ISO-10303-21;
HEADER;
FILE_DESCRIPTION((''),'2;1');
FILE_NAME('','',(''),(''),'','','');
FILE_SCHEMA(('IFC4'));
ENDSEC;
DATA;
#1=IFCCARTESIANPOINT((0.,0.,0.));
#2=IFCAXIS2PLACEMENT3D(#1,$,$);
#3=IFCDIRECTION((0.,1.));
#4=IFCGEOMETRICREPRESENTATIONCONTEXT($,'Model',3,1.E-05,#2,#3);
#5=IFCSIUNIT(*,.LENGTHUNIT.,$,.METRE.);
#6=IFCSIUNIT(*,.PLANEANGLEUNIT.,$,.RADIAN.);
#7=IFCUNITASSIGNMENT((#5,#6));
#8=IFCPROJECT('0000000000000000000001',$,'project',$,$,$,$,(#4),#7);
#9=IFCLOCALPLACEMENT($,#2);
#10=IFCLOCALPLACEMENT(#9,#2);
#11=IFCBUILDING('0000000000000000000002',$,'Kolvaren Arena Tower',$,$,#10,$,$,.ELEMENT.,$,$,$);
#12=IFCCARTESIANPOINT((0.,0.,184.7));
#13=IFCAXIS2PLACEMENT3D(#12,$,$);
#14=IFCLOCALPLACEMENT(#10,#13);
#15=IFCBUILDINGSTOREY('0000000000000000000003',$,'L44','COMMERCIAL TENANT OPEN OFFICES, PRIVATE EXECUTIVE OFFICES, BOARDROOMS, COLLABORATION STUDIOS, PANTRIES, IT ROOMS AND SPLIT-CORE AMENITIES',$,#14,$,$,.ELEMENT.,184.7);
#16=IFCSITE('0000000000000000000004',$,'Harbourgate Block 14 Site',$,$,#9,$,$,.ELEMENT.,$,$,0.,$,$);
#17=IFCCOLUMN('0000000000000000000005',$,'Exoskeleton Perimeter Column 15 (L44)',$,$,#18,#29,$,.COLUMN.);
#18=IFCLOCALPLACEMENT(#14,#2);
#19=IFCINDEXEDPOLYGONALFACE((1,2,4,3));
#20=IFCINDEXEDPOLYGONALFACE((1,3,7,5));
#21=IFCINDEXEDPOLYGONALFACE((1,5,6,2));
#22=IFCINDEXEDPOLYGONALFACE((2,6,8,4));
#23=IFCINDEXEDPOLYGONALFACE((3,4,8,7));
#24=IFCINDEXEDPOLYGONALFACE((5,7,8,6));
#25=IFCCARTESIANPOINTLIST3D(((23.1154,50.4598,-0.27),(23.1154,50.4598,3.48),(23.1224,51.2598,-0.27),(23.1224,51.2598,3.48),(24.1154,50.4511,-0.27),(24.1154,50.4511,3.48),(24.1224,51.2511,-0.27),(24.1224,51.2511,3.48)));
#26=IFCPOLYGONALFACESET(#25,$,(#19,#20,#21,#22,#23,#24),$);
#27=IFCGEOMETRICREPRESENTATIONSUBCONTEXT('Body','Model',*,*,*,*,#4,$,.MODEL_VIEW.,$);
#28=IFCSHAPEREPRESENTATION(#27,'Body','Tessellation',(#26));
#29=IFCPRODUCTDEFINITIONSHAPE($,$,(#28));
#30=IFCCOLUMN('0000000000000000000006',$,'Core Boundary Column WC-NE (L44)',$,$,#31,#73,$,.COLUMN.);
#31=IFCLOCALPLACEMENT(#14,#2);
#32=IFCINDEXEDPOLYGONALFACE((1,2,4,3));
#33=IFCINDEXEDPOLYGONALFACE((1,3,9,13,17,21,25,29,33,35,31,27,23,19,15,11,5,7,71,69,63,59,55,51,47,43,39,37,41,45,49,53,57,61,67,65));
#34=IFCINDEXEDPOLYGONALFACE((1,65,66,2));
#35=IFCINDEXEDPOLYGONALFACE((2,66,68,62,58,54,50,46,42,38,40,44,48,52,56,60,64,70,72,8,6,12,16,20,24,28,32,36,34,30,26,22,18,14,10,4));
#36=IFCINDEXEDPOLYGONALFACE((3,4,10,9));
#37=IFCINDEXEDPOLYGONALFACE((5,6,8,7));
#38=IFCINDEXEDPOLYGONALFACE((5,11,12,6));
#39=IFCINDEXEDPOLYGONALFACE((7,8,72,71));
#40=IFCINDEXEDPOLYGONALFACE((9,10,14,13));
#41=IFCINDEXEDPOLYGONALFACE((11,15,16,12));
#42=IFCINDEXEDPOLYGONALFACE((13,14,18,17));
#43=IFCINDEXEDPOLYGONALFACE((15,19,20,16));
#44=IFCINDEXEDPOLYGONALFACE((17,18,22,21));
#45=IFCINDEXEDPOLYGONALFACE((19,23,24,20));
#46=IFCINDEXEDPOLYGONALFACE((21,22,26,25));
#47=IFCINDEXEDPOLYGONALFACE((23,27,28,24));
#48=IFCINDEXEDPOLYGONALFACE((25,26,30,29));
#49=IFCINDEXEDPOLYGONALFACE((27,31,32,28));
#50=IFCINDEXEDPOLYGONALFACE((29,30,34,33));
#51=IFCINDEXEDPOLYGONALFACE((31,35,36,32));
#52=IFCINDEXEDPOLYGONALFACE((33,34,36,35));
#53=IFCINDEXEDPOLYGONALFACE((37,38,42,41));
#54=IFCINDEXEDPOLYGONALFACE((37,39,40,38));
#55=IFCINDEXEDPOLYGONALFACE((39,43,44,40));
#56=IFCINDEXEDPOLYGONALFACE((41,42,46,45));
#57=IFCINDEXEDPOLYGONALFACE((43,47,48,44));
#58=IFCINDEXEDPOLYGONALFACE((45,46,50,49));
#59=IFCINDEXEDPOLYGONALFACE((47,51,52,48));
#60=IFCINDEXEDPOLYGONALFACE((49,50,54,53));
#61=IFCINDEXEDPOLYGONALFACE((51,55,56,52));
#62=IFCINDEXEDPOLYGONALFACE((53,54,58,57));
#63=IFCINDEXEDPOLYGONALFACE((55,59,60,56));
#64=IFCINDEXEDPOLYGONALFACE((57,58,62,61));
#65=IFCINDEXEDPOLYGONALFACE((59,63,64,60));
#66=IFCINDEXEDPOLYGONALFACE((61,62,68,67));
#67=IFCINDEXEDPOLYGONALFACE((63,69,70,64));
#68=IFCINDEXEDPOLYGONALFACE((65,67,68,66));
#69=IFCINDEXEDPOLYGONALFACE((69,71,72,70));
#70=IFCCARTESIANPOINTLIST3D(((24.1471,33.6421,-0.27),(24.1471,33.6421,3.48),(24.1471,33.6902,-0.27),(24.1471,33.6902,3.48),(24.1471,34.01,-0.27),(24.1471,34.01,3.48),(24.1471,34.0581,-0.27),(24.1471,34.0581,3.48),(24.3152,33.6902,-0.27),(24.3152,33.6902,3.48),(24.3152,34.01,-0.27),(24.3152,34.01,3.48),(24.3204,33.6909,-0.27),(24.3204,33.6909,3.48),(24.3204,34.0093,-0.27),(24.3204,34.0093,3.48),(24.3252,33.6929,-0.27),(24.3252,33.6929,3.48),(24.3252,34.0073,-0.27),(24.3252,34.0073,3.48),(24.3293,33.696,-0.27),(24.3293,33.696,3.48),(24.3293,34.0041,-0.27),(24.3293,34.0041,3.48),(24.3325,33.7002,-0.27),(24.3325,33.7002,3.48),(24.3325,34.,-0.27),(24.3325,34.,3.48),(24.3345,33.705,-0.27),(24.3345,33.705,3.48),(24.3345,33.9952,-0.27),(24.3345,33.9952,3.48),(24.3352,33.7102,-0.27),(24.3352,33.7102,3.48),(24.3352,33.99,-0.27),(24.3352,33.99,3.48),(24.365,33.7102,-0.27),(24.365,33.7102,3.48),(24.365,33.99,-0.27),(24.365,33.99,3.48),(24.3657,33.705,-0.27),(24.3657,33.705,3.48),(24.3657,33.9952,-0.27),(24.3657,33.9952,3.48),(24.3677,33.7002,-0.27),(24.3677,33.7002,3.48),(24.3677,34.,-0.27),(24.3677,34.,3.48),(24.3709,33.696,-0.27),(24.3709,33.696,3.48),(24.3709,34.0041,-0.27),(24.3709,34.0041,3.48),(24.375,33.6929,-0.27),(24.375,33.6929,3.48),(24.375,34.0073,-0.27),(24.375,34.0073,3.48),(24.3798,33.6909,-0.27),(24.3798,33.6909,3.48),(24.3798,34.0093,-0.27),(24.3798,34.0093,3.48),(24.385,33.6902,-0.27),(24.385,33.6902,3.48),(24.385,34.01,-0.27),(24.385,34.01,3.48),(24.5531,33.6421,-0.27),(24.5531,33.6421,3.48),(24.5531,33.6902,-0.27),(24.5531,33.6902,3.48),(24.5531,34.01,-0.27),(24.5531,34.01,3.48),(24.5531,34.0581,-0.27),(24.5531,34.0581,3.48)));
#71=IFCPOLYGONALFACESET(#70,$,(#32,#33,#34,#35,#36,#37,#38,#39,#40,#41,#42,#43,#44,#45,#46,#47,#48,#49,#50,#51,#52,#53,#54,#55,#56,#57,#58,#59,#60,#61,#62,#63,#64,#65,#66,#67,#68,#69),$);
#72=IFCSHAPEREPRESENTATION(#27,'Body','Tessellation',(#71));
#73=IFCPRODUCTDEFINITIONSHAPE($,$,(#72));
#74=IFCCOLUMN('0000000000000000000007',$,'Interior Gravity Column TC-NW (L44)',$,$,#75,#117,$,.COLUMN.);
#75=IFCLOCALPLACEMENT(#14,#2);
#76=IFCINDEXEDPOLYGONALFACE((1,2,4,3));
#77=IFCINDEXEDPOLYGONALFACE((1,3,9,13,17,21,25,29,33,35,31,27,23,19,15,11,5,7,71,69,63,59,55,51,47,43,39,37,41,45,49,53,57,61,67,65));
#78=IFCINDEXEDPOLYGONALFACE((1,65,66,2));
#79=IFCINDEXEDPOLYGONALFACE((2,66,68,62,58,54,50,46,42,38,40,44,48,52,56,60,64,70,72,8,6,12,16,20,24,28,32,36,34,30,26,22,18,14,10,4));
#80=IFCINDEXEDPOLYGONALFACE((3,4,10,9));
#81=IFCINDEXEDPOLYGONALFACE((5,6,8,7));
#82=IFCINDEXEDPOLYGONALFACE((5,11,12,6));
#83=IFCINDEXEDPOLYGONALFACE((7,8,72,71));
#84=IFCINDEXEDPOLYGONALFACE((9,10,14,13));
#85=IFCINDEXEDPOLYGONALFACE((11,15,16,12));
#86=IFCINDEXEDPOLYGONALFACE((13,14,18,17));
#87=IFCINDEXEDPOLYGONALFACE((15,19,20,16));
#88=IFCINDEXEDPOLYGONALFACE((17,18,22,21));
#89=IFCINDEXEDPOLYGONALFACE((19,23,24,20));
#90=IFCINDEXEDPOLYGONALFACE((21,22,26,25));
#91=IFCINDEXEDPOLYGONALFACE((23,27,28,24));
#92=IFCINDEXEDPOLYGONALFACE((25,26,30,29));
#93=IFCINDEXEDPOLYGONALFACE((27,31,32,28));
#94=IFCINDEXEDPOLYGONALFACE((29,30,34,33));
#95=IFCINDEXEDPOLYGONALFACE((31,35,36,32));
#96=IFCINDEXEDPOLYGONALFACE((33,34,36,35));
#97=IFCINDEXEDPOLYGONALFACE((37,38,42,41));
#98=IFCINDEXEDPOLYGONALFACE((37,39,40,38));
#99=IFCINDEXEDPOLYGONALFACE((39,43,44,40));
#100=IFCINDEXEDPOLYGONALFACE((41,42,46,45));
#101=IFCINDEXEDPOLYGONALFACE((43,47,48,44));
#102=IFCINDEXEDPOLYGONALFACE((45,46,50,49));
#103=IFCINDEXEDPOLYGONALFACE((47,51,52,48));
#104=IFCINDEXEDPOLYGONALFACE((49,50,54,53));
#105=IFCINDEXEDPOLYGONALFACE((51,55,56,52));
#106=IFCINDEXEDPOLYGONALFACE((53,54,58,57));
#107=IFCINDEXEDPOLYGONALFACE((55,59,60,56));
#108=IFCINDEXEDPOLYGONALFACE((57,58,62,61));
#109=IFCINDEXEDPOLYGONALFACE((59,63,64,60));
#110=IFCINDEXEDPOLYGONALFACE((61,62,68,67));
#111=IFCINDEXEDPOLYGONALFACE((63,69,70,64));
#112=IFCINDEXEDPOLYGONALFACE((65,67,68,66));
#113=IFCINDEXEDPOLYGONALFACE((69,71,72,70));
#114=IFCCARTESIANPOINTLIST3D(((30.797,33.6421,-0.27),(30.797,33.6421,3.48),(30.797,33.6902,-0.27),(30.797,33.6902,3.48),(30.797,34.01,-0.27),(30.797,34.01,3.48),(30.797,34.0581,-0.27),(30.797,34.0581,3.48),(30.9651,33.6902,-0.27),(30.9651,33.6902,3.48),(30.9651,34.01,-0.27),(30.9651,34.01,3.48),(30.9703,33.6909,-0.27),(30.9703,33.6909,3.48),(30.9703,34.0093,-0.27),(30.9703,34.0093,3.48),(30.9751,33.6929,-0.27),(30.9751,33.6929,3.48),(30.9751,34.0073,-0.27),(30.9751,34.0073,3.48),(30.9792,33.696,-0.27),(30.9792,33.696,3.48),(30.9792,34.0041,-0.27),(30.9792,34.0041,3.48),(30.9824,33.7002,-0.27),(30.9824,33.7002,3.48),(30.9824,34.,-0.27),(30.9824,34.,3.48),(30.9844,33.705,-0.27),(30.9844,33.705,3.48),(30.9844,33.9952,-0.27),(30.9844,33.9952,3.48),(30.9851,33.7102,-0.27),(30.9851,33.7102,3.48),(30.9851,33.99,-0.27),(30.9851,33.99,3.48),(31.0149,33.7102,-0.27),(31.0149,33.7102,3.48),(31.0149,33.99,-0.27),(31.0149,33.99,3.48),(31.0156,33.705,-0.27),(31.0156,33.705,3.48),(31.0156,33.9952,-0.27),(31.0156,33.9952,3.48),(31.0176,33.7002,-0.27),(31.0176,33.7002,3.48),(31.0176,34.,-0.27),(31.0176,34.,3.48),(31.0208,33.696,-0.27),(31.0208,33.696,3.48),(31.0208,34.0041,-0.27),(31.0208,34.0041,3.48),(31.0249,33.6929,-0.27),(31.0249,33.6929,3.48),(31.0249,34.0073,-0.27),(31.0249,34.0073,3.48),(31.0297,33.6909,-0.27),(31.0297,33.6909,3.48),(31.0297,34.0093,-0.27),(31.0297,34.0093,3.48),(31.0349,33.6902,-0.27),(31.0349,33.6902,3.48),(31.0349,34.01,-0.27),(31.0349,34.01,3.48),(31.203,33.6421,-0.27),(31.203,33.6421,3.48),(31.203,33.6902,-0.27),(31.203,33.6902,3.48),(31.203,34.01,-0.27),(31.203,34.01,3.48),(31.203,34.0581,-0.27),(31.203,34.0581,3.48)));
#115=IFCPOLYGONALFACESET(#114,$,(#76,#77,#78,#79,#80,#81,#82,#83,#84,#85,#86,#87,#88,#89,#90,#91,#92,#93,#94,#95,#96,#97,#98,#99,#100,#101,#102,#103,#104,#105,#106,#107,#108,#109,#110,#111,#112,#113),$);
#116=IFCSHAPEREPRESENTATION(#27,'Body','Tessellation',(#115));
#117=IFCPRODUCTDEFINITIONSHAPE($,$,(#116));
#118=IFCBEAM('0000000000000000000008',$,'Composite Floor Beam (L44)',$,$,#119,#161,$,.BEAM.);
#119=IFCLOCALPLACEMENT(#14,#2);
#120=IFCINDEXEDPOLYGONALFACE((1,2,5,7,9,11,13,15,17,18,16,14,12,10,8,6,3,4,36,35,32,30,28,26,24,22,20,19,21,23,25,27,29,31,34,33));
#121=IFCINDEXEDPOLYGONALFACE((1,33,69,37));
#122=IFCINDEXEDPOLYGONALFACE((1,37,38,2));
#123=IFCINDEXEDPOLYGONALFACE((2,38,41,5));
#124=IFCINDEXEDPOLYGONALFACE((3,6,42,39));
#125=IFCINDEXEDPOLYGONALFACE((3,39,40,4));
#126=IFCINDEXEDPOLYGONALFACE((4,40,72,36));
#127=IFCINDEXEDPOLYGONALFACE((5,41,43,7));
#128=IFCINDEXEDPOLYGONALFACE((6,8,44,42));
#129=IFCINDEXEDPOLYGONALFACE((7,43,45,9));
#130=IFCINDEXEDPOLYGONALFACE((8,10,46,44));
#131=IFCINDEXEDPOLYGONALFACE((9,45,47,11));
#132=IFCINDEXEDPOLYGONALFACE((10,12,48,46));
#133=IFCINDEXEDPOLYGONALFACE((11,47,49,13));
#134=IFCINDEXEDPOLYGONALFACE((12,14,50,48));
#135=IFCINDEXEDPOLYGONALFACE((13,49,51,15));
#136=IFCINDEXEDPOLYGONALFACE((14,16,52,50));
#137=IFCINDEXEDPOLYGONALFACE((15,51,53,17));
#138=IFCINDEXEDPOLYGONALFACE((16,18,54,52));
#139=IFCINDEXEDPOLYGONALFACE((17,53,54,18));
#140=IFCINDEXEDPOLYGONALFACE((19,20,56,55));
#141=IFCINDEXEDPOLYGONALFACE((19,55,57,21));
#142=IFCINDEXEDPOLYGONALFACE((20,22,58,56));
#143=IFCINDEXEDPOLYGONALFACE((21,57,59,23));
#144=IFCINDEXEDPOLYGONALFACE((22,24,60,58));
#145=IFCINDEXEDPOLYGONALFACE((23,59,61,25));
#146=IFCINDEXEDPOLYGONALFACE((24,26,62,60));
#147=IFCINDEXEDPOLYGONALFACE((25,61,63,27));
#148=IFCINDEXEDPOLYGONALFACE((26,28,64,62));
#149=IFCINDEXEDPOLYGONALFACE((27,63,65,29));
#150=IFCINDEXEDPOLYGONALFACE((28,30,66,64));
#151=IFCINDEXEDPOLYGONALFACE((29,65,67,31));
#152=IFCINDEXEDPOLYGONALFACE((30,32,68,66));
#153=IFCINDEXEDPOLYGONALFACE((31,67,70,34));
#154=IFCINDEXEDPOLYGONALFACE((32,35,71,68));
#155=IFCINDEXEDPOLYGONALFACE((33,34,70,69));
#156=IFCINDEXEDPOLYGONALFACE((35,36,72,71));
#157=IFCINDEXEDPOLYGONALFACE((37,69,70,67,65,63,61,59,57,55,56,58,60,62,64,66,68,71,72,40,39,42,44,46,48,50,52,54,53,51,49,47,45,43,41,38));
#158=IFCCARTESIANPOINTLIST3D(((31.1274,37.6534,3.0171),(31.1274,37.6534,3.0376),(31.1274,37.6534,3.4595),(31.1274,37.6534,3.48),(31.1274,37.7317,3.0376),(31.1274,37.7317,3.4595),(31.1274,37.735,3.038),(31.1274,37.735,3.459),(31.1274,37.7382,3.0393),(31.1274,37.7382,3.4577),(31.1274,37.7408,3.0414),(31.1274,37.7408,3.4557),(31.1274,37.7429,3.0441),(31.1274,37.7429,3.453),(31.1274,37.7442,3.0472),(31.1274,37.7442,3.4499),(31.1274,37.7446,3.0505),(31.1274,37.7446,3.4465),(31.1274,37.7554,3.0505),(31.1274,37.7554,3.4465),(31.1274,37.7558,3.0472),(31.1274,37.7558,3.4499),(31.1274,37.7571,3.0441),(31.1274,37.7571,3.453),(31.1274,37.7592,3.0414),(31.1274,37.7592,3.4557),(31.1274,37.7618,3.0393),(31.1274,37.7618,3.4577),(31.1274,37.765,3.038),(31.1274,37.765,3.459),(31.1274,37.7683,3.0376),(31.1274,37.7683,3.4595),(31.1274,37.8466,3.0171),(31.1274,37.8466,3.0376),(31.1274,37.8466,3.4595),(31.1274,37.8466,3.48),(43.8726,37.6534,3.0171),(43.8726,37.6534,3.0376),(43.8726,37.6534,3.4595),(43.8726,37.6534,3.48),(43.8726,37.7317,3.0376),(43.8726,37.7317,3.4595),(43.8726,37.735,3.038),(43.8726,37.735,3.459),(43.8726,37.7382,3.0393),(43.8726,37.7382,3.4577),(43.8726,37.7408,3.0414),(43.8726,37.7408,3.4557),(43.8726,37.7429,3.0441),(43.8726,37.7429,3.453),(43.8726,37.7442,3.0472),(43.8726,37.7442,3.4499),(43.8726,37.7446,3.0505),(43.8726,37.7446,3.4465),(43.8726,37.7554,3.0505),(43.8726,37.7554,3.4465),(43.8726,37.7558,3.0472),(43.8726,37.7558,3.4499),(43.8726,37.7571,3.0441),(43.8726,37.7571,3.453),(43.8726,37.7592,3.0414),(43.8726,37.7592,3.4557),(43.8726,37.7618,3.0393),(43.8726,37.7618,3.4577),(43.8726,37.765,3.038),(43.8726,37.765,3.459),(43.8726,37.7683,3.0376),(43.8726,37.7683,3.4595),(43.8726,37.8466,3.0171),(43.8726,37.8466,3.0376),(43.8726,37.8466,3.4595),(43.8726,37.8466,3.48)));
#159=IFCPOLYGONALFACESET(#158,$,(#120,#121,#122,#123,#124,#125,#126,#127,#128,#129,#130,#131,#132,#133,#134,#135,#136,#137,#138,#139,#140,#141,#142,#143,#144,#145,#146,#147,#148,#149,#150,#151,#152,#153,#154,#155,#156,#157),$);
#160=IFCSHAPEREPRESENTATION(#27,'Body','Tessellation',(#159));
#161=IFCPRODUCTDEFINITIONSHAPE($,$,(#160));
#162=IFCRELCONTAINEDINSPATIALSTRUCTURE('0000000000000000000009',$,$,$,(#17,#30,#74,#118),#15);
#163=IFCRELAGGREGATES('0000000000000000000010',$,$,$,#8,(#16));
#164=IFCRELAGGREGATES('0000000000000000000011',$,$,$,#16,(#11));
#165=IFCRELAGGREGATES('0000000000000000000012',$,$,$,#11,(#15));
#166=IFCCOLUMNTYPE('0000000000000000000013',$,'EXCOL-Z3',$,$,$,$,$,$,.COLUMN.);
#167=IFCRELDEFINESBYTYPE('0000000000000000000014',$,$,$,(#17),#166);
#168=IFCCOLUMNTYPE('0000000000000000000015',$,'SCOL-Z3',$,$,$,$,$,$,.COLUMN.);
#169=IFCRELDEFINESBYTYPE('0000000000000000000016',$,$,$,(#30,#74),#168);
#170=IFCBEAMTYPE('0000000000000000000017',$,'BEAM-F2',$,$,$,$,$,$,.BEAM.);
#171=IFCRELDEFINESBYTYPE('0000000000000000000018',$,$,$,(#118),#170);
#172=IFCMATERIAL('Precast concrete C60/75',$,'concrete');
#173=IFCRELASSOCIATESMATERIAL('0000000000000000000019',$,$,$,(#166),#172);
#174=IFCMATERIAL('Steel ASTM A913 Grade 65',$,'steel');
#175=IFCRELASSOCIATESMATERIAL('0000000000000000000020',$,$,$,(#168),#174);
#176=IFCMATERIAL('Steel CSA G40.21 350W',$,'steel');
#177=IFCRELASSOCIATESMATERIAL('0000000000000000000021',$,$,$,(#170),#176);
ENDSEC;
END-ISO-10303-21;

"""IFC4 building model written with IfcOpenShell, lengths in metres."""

from ifc_helpers import new_model, si_unit, direction, frame, origin, origin_2d, place, context, subcontext, project, spatial, rectangle, i_section, extrude, material, material_profile, profile_set, type_object, element, save


model = new_model("IFC4")

# Units and contexts
model_context = context("Model", 3, precision=1e-05, world=origin(), true_north=direction((0.0, 1.0)))
body_context = subcontext(model_context, "Body", "Model", "MODEL_VIEW")
ifc_project = project(units=[si_unit("LENGTHUNIT", "METRE"), si_unit("PLANEANGLEUNIT", "RADIAN")], contexts=[model_context])

# Site, building, storey
site_placement = place(None, origin())
site = spatial("IfcSite", under=ifc_project, at=site_placement, Name="Harbourgate Block 14 Site", CompositionType="ELEMENT", RefElevation=0.0)
building_placement = place(site_placement, origin())
building = spatial("IfcBuilding", under=site, at=building_placement, Name="Kolvaren Arena Tower", CompositionType="ELEMENT")
storey_placement = place(building_placement, frame((0.0, 0.0, 184.7)))
storey = spatial("IfcBuildingStorey", under=building, at=storey_placement, Name="L44", Description="COMMERCIAL TENANT OPEN OFFICES, PRIVATE EXECUTIVE OFFICES, BOARDROOMS, COLLABORATION STUDIOS, PANTRIES, IT ROOMS AND SPLIT-CORE AMENITIES", CompositionType="ELEMENT", Elevation=184.7)

# Columns
ifc_material_1 = material(Name="Precast concrete C60/75", Category="concrete")
ifc_material_profile_1 = material_profile(ifc_material_1, rectangle(XDim=1.0, YDim=0.8, at=origin_2d()), Name="RC-1000x800")
ifc_profile_set_1 = profile_set([ifc_material_profile_1], Name="Precast concrete C60/75")
column_type_1 = type_object("IfcColumnType", Name="EXCOL-Z3", PredefinedType="COLUMN", material=ifc_profile_set_1)
column_placement = place(storey_placement, frame((23.6189, 50.8555, -0.27), z_axis=(0.0, 0.0, 1.0), x_axis=(0.999962, -0.008727, 0.0)))
element("IfcColumn", 1, at=column_placement, inside=storey, type_object=column_type_1, Name="Exoskeleton Perimeter Column 15 (L44)", PredefinedType="COLUMN", context=body_context, shape_type="SweptSolid", body=[
    extrude(rectangle(XDim=1.0, YDim=0.8, at=origin_2d()), origin(), (0.0, 0.0, 1.0), 3.75),
])
ifc_material_2 = material(Name="Steel ASTM A913 Grade 65", Category="steel")
ifc_material_profile_2 = material_profile(ifc_material_2, i_section(OverallWidth=0.406, OverallDepth=0.416, WebThickness=0.0298, FlangeThickness=0.0481, FilletRadius=0.02, at=origin_2d()), Name="W360x382")
ifc_profile_set_2 = profile_set([ifc_material_profile_2], Name="Steel ASTM A913 Grade 65")
column_type_2 = type_object("IfcColumnType", Name="SCOL-Z3", PredefinedType="COLUMN", material=ifc_profile_set_2)
for number, where, z_axis, x_axis, name in (
    (2, (24.3501, 33.8501, -0.27), (0.0, 0.0, 1.0), (1.0, 0.0, 0.0), "Core Boundary Column WC-NE (L44)"),
    (3, (31.0, 33.8501, -0.27), (0.0, 0.0, 1.0), (1.0, 0.0, 0.0), "Interior Gravity Column TC-NW (L44)"),
):
    element("IfcColumn", number, at=place(storey_placement, frame(where, z_axis=z_axis, x_axis=x_axis)), inside=storey, type_object=column_type_2, Name=name, PredefinedType="COLUMN", context=body_context, shape_type="SweptSolid", body=[
        extrude(i_section(OverallWidth=0.406, OverallDepth=0.416, WebThickness=0.0298, FlangeThickness=0.0481, FilletRadius=0.02, at=origin_2d()), origin(), (0.0, 0.0, 1.0), 3.75),
    ])

# Beam
ifc_material_3 = material(Name="Steel CSA G40.21 350W", Category="steel")
ifc_material_profile_3 = material_profile(ifc_material_3, i_section(OverallWidth=0.1931, OverallDepth=0.4629, WebThickness=0.0107, FlangeThickness=0.0205, FilletRadius=0.0129, at=origin_2d()), Name="W460x113")
ifc_profile_set_3 = profile_set([ifc_material_profile_3], Name="Steel CSA G40.21 350W")
beam_type_1 = type_object("IfcBeamType", Name="BEAM-F2", PredefinedType="BEAM", material=ifc_profile_set_3)
beam_1_placement = place(storey_placement, frame((31.1274, 37.75, 3.2485), z_axis=(1.0, 0.0, 0.0), x_axis=(0.0, 1.0, 0.0)))
element("IfcBeam", 4, at=beam_1_placement, inside=storey, type_object=beam_type_1, Name="Composite Floor Beam (L44)", PredefinedType="BEAM", context=body_context, shape_type="SweptSolid", body=[
    extrude(i_section(OverallWidth=0.1931, OverallDepth=0.4629, WebThickness=0.0107, FlangeThickness=0.0205, FilletRadius=0.0129, at=origin_2d()), origin(), (0.0, 0.0, 1.0), 12.7451),
])

save(model, "model.ifc")
